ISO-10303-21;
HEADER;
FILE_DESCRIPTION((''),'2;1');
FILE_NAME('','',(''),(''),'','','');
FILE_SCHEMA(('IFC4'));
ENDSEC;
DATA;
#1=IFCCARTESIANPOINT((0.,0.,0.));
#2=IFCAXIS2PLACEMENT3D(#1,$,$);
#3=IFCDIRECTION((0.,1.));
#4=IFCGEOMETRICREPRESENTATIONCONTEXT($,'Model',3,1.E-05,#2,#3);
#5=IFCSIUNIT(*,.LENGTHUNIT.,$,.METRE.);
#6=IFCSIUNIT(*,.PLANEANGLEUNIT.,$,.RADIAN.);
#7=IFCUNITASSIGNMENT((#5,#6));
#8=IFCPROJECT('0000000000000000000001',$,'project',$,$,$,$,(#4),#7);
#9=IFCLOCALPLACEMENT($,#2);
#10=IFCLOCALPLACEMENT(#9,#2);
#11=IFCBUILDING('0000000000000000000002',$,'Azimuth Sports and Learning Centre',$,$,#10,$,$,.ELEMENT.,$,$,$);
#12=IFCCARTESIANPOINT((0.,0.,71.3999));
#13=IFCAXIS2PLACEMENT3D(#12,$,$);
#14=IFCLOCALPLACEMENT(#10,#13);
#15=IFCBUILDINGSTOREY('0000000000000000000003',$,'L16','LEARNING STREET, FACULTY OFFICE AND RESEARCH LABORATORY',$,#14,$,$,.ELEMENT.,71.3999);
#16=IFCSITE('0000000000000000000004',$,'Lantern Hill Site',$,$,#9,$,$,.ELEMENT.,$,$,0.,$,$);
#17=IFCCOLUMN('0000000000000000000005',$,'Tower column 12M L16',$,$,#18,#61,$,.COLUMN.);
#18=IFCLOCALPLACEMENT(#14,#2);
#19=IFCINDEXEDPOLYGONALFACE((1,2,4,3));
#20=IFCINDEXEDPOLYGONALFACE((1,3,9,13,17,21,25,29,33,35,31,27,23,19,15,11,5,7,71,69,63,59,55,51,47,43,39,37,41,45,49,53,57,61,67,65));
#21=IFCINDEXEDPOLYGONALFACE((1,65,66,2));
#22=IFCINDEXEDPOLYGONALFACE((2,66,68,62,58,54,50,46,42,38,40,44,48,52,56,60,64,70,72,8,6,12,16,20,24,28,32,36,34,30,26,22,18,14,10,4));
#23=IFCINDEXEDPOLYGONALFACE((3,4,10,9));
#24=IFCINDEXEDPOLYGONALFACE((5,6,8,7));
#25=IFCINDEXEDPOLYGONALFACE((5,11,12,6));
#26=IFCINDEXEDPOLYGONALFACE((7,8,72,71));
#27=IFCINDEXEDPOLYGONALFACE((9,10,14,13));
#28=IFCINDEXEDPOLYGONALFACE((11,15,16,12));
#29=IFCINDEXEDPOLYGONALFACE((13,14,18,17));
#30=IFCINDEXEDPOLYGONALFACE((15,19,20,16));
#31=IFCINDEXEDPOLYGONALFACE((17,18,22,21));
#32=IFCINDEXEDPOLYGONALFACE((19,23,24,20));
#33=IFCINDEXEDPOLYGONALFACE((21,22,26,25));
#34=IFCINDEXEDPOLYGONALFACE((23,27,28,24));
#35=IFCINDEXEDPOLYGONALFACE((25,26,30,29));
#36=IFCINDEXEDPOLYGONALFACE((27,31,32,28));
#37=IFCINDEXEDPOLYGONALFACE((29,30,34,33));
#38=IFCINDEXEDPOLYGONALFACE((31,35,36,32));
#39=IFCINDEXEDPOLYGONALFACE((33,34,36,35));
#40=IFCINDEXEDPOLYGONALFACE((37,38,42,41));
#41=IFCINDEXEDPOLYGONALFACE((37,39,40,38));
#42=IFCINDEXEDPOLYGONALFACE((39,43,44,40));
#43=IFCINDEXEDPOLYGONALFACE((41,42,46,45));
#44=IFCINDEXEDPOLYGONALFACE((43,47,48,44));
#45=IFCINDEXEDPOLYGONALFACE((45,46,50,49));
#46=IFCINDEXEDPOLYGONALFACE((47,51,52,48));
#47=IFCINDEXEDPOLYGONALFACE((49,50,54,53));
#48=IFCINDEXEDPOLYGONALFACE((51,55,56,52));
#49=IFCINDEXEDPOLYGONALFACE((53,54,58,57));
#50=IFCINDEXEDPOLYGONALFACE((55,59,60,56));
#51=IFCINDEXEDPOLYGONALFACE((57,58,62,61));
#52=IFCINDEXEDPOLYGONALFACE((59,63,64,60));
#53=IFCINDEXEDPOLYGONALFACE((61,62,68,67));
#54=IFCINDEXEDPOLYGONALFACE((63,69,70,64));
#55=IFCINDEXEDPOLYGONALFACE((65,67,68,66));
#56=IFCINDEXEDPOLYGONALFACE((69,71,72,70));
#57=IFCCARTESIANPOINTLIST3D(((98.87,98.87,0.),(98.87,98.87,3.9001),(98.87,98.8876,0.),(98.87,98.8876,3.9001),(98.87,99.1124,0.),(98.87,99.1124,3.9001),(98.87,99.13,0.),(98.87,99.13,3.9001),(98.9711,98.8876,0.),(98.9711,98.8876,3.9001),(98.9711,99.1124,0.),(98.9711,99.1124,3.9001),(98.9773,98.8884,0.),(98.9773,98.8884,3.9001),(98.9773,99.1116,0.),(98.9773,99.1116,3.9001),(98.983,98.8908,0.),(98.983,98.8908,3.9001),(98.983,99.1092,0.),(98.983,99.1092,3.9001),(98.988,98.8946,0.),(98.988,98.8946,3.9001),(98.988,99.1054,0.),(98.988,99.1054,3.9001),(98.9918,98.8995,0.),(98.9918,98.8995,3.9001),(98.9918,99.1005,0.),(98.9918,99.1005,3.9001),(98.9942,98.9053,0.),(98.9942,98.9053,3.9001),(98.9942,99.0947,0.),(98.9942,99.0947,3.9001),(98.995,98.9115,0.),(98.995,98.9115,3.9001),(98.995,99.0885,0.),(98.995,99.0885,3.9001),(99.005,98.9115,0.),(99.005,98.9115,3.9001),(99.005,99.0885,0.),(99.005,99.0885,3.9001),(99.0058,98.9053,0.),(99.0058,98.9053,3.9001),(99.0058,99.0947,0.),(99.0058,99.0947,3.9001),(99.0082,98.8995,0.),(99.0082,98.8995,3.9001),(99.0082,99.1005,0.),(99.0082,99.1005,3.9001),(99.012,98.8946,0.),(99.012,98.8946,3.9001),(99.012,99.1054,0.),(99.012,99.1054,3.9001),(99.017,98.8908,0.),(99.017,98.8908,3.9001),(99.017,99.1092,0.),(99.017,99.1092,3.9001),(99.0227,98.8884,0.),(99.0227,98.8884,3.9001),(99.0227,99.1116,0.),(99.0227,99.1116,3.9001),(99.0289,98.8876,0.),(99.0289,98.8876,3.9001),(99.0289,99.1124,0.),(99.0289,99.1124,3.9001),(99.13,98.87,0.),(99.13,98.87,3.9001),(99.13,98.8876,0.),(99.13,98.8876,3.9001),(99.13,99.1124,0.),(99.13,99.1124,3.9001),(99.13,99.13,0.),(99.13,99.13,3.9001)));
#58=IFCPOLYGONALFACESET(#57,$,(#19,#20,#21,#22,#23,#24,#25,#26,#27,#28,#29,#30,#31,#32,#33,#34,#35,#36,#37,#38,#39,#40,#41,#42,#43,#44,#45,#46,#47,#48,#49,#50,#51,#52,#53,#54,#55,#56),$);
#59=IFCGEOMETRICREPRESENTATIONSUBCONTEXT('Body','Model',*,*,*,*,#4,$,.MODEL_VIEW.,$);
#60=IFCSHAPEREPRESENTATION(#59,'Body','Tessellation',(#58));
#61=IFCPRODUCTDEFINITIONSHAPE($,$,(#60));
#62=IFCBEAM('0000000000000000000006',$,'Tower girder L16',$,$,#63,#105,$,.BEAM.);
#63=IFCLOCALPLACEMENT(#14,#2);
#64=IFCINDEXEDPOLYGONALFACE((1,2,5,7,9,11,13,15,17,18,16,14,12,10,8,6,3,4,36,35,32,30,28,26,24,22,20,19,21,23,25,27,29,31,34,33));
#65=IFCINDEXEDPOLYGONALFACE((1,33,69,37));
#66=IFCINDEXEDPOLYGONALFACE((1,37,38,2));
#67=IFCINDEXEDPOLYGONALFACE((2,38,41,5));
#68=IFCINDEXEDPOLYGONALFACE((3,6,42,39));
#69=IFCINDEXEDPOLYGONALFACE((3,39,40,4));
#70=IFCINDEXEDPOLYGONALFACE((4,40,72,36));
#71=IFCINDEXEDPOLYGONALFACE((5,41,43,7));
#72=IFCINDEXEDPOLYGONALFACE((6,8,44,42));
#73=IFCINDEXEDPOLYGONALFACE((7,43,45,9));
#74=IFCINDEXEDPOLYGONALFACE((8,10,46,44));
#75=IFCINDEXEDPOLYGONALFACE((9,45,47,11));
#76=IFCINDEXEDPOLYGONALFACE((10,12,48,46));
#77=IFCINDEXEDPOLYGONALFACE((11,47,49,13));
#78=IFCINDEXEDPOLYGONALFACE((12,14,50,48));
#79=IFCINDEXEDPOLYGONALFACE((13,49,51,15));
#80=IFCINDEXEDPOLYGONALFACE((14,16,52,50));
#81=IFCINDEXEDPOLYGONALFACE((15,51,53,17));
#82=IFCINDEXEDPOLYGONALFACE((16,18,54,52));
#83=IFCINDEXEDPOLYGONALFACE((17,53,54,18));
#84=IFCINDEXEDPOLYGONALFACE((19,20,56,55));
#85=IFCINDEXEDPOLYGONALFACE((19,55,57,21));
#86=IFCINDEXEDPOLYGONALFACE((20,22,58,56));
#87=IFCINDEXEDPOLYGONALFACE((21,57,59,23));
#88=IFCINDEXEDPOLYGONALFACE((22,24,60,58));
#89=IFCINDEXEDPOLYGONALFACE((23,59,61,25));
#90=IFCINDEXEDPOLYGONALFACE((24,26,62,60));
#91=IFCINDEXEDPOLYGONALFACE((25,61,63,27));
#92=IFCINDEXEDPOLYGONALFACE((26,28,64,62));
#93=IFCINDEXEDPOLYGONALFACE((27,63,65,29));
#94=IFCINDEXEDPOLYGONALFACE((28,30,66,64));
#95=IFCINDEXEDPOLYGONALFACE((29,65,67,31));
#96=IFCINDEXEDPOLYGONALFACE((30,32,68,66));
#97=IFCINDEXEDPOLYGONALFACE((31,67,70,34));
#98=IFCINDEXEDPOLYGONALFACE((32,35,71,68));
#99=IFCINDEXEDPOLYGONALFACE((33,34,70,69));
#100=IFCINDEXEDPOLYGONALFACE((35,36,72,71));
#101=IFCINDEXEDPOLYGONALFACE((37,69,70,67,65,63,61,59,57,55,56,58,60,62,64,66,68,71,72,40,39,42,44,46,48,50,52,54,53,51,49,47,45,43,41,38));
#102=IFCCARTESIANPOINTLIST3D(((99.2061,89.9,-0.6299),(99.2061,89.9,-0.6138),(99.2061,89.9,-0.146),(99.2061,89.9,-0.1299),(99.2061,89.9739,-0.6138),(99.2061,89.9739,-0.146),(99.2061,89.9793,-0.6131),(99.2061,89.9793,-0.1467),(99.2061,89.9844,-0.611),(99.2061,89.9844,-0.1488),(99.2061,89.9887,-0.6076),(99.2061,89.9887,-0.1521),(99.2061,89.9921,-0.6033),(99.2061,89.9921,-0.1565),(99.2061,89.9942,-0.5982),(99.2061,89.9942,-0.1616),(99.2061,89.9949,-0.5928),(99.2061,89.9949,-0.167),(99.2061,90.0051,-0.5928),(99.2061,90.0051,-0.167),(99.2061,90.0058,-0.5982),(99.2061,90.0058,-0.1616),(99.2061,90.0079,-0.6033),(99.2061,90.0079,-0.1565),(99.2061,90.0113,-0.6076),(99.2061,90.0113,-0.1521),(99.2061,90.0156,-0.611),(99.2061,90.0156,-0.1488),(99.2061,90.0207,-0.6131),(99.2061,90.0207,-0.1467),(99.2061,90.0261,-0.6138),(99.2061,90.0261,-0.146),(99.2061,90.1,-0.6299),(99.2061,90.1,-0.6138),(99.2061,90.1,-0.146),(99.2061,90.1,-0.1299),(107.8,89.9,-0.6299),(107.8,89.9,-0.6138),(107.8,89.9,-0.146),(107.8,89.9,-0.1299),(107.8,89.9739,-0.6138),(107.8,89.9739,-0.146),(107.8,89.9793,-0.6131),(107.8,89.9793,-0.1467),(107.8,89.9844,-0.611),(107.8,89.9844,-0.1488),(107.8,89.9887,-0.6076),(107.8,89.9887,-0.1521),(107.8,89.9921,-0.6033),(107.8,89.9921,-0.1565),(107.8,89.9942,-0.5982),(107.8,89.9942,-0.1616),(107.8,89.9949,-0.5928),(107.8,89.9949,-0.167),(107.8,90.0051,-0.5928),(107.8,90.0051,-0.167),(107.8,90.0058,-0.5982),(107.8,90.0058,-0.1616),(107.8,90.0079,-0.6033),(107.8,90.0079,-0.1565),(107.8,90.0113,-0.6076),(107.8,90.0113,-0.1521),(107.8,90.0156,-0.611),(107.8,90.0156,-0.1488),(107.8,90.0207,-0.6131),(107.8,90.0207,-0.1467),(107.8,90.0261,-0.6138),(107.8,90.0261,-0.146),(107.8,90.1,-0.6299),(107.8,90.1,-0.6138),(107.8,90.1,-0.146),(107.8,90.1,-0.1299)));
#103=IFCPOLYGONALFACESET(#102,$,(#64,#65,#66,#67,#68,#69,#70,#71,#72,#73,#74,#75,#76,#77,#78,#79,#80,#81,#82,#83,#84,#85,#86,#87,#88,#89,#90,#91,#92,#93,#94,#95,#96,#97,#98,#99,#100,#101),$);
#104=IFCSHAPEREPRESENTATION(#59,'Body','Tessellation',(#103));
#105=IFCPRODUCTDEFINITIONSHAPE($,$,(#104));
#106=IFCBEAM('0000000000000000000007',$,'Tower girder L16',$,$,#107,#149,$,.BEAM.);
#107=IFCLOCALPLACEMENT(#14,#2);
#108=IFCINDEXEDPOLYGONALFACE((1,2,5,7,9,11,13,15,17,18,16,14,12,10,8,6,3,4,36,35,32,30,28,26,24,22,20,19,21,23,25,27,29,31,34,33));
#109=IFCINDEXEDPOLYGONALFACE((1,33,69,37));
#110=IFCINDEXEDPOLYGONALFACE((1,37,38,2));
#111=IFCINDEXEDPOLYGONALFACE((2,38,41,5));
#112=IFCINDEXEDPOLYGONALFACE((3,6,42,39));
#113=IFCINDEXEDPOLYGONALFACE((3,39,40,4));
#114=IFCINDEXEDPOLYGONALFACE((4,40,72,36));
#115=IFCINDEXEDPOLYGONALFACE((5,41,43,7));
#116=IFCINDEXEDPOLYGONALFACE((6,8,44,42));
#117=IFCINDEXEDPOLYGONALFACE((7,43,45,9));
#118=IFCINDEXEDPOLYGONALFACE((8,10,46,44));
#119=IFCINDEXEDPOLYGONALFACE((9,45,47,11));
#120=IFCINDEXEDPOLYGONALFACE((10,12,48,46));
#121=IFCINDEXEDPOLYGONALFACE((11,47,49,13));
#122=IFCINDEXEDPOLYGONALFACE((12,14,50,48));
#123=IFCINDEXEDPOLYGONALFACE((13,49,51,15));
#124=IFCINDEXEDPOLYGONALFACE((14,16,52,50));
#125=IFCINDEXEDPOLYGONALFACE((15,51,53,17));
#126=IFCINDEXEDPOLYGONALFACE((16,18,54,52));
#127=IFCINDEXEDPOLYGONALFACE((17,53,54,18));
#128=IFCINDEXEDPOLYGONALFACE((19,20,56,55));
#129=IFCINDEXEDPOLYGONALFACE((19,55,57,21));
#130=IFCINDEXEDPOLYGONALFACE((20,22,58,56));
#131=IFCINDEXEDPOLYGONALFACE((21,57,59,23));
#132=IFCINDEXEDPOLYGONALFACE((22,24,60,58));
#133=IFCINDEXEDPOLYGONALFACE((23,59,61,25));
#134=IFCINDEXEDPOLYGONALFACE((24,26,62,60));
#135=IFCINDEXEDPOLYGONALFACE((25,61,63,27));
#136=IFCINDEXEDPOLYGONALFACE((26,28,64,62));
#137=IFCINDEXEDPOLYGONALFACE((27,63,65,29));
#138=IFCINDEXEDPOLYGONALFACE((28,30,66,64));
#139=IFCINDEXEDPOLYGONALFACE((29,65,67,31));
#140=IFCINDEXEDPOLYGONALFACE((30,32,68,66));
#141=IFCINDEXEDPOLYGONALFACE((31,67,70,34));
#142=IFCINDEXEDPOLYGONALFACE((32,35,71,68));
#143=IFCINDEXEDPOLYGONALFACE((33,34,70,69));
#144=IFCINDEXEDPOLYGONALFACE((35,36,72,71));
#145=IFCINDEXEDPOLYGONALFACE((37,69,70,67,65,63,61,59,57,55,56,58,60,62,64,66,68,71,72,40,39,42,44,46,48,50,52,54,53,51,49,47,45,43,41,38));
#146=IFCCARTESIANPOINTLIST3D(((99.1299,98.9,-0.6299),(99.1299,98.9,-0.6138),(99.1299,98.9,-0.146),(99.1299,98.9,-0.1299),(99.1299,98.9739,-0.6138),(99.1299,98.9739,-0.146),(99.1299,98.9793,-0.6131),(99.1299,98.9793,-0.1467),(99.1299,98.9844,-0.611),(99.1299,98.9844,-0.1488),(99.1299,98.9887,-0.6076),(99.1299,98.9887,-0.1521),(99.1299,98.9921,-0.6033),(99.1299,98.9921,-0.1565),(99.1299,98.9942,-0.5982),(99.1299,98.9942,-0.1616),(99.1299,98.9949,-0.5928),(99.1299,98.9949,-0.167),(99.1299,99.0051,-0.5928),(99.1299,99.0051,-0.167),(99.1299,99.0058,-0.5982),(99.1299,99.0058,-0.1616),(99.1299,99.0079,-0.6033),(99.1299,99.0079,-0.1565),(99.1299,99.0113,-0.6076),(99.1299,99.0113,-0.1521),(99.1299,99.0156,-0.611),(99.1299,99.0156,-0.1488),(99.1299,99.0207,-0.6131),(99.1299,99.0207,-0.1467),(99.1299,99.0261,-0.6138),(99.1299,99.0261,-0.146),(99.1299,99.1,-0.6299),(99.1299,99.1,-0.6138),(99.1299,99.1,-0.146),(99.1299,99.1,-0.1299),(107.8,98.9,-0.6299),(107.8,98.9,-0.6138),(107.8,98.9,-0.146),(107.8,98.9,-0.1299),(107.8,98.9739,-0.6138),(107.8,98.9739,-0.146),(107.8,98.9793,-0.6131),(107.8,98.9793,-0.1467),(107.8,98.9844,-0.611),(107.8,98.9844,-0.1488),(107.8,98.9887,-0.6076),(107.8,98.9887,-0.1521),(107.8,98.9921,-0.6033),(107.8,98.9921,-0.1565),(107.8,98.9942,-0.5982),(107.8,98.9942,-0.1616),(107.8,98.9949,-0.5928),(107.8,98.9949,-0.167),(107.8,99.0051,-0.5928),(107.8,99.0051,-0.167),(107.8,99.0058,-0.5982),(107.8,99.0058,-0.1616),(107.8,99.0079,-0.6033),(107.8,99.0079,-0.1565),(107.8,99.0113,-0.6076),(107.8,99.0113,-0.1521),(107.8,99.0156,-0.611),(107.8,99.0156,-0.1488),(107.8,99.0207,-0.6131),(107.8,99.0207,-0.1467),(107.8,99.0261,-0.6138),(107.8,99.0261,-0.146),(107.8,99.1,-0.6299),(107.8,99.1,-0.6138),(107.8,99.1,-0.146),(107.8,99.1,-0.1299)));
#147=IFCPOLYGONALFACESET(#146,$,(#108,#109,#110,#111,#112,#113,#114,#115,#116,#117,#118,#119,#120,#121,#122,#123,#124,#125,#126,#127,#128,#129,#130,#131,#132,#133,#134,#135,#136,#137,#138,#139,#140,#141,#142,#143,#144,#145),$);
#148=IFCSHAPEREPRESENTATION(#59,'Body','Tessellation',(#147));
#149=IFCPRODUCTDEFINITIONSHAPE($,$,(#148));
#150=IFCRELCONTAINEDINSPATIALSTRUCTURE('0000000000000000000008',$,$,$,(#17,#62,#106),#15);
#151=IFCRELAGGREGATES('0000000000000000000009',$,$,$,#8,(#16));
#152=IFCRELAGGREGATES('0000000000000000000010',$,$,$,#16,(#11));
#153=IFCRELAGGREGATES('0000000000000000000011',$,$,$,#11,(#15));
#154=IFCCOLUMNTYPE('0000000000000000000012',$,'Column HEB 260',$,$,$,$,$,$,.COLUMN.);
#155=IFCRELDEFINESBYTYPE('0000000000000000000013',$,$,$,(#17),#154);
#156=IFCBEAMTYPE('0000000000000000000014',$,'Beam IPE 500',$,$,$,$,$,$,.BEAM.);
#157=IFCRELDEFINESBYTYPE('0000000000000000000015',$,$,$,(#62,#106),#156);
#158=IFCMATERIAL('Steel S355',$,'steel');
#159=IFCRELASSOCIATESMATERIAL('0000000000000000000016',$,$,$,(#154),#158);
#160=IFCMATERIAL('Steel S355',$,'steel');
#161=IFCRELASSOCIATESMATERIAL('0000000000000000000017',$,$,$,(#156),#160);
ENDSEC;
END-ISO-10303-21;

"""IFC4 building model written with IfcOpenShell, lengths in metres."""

from ifc_helpers import new_model, si_unit, direction, frame, origin, origin_2d, place, context, subcontext, project, spatial, i_section, extrude, material, material_profile, profile_set, type_object, element, save


model = new_model("IFC4")

# Units and contexts
model_context = context("Model", 3, precision=1e-05, world=origin(), true_north=direction((0.0, 1.0)))
body_context = subcontext(model_context, "Body", "Model", "MODEL_VIEW")
ifc_project = project(units=[si_unit("LENGTHUNIT", "METRE"), si_unit("PLANEANGLEUNIT", "RADIAN")], contexts=[model_context])

# Site, building, storey
site_placement = place(None, origin())
site = spatial("IfcSite", under=ifc_project, at=site_placement, Name="Lantern Hill Site", CompositionType="ELEMENT", RefElevation=0.0)
building_placement = place(site_placement, origin())
building = spatial("IfcBuilding", under=site, at=building_placement, Name="Azimuth Sports and Learning Centre", CompositionType="ELEMENT")
storey_placement = place(building_placement, frame((0.0, 0.0, 71.3999)))
storey = spatial("IfcBuildingStorey", under=building, at=storey_placement, Name="L16", Description="LEARNING STREET, FACULTY OFFICE AND RESEARCH LABORATORY", CompositionType="ELEMENT", Elevation=71.3999)

# Column
ifc_material_1 = material(Name="Steel S355", Category="steel")
ifc_material_profile_1 = material_profile(ifc_material_1, i_section(OverallWidth=0.26, OverallDepth=0.26, WebThickness=0.01, FlangeThickness=0.0176, FilletRadius=0.0239, at=origin_2d()), Name="HEB 260")
ifc_profile_set_1 = profile_set([ifc_material_profile_1], Name="Steel S355")
column_type = type_object("IfcColumnType", Name="Column HEB 260", PredefinedType="COLUMN", material=ifc_profile_set_1)
column_placement = place(storey_placement, frame((99.0, 99.0, 0.0), z_axis=(0.0, 0.0, 1.0), x_axis=(1.0, 0.0, 0.0)))
element("IfcColumn", 1, at=column_placement, inside=storey, type_object=column_type, Name="Tower column 12M L16", PredefinedType="COLUMN", context=body_context, shape_type="SweptSolid", body=[
    extrude(i_section(OverallWidth=0.26, OverallDepth=0.26, WebThickness=0.01, FlangeThickness=0.0176, FilletRadius=0.0239, at=origin_2d()), origin(), (0.0, 0.0, 1.0), 3.9001),
])

# Beams
ifc_material_2 = material(Name="Steel S355", Category="steel")
ifc_material_profile_2 = material_profile(ifc_material_2, i_section(OverallWidth=0.2, OverallDepth=0.5, WebThickness=0.0103, FlangeThickness=0.0161, FilletRadius=0.021, at=origin_2d()), Name="IPE 500")
ifc_profile_set_2 = profile_set([ifc_material_profile_2], Name="Steel S355")
beam_type_1 = type_object("IfcBeamType", Name="Beam IPE 500", PredefinedType="BEAM", material=ifc_profile_set_2)
beam_1_placement = place(storey_placement, frame((99.2061, 90.0, -0.3799), z_axis=(1.0, 0.0, 0.0), x_axis=(0.0, 1.0, 0.0)))
element("IfcBeam", 2, at=beam_1_placement, inside=storey, type_object=beam_type_1, Name="Tower girder L16", PredefinedType="BEAM", context=body_context, shape_type="SweptSolid", body=[
    extrude(i_section(OverallWidth=0.2, OverallDepth=0.5, WebThickness=0.0103, FlangeThickness=0.0161, FilletRadius=0.021, at=origin_2d()), origin(), (0.0, 0.0, 1.0), 8.594),
])
beam_2_placement = place(storey_placement, frame((99.1299, 99.0, -0.3799), z_axis=(1.0, 0.0, 0.0), x_axis=(0.0, 1.0, 0.0)))
element("IfcBeam", 3, at=beam_2_placement, inside=storey, type_object=beam_type_1, Name="Tower girder L16", PredefinedType="BEAM", context=body_context, shape_type="SweptSolid", body=[
    extrude(i_section(OverallWidth=0.2, OverallDepth=0.5, WebThickness=0.0103, FlangeThickness=0.0161, FilletRadius=0.021, at=origin_2d()), origin(), (0.0, 0.0, 1.0), 8.6702),
])

save(model, "model.ifc")
